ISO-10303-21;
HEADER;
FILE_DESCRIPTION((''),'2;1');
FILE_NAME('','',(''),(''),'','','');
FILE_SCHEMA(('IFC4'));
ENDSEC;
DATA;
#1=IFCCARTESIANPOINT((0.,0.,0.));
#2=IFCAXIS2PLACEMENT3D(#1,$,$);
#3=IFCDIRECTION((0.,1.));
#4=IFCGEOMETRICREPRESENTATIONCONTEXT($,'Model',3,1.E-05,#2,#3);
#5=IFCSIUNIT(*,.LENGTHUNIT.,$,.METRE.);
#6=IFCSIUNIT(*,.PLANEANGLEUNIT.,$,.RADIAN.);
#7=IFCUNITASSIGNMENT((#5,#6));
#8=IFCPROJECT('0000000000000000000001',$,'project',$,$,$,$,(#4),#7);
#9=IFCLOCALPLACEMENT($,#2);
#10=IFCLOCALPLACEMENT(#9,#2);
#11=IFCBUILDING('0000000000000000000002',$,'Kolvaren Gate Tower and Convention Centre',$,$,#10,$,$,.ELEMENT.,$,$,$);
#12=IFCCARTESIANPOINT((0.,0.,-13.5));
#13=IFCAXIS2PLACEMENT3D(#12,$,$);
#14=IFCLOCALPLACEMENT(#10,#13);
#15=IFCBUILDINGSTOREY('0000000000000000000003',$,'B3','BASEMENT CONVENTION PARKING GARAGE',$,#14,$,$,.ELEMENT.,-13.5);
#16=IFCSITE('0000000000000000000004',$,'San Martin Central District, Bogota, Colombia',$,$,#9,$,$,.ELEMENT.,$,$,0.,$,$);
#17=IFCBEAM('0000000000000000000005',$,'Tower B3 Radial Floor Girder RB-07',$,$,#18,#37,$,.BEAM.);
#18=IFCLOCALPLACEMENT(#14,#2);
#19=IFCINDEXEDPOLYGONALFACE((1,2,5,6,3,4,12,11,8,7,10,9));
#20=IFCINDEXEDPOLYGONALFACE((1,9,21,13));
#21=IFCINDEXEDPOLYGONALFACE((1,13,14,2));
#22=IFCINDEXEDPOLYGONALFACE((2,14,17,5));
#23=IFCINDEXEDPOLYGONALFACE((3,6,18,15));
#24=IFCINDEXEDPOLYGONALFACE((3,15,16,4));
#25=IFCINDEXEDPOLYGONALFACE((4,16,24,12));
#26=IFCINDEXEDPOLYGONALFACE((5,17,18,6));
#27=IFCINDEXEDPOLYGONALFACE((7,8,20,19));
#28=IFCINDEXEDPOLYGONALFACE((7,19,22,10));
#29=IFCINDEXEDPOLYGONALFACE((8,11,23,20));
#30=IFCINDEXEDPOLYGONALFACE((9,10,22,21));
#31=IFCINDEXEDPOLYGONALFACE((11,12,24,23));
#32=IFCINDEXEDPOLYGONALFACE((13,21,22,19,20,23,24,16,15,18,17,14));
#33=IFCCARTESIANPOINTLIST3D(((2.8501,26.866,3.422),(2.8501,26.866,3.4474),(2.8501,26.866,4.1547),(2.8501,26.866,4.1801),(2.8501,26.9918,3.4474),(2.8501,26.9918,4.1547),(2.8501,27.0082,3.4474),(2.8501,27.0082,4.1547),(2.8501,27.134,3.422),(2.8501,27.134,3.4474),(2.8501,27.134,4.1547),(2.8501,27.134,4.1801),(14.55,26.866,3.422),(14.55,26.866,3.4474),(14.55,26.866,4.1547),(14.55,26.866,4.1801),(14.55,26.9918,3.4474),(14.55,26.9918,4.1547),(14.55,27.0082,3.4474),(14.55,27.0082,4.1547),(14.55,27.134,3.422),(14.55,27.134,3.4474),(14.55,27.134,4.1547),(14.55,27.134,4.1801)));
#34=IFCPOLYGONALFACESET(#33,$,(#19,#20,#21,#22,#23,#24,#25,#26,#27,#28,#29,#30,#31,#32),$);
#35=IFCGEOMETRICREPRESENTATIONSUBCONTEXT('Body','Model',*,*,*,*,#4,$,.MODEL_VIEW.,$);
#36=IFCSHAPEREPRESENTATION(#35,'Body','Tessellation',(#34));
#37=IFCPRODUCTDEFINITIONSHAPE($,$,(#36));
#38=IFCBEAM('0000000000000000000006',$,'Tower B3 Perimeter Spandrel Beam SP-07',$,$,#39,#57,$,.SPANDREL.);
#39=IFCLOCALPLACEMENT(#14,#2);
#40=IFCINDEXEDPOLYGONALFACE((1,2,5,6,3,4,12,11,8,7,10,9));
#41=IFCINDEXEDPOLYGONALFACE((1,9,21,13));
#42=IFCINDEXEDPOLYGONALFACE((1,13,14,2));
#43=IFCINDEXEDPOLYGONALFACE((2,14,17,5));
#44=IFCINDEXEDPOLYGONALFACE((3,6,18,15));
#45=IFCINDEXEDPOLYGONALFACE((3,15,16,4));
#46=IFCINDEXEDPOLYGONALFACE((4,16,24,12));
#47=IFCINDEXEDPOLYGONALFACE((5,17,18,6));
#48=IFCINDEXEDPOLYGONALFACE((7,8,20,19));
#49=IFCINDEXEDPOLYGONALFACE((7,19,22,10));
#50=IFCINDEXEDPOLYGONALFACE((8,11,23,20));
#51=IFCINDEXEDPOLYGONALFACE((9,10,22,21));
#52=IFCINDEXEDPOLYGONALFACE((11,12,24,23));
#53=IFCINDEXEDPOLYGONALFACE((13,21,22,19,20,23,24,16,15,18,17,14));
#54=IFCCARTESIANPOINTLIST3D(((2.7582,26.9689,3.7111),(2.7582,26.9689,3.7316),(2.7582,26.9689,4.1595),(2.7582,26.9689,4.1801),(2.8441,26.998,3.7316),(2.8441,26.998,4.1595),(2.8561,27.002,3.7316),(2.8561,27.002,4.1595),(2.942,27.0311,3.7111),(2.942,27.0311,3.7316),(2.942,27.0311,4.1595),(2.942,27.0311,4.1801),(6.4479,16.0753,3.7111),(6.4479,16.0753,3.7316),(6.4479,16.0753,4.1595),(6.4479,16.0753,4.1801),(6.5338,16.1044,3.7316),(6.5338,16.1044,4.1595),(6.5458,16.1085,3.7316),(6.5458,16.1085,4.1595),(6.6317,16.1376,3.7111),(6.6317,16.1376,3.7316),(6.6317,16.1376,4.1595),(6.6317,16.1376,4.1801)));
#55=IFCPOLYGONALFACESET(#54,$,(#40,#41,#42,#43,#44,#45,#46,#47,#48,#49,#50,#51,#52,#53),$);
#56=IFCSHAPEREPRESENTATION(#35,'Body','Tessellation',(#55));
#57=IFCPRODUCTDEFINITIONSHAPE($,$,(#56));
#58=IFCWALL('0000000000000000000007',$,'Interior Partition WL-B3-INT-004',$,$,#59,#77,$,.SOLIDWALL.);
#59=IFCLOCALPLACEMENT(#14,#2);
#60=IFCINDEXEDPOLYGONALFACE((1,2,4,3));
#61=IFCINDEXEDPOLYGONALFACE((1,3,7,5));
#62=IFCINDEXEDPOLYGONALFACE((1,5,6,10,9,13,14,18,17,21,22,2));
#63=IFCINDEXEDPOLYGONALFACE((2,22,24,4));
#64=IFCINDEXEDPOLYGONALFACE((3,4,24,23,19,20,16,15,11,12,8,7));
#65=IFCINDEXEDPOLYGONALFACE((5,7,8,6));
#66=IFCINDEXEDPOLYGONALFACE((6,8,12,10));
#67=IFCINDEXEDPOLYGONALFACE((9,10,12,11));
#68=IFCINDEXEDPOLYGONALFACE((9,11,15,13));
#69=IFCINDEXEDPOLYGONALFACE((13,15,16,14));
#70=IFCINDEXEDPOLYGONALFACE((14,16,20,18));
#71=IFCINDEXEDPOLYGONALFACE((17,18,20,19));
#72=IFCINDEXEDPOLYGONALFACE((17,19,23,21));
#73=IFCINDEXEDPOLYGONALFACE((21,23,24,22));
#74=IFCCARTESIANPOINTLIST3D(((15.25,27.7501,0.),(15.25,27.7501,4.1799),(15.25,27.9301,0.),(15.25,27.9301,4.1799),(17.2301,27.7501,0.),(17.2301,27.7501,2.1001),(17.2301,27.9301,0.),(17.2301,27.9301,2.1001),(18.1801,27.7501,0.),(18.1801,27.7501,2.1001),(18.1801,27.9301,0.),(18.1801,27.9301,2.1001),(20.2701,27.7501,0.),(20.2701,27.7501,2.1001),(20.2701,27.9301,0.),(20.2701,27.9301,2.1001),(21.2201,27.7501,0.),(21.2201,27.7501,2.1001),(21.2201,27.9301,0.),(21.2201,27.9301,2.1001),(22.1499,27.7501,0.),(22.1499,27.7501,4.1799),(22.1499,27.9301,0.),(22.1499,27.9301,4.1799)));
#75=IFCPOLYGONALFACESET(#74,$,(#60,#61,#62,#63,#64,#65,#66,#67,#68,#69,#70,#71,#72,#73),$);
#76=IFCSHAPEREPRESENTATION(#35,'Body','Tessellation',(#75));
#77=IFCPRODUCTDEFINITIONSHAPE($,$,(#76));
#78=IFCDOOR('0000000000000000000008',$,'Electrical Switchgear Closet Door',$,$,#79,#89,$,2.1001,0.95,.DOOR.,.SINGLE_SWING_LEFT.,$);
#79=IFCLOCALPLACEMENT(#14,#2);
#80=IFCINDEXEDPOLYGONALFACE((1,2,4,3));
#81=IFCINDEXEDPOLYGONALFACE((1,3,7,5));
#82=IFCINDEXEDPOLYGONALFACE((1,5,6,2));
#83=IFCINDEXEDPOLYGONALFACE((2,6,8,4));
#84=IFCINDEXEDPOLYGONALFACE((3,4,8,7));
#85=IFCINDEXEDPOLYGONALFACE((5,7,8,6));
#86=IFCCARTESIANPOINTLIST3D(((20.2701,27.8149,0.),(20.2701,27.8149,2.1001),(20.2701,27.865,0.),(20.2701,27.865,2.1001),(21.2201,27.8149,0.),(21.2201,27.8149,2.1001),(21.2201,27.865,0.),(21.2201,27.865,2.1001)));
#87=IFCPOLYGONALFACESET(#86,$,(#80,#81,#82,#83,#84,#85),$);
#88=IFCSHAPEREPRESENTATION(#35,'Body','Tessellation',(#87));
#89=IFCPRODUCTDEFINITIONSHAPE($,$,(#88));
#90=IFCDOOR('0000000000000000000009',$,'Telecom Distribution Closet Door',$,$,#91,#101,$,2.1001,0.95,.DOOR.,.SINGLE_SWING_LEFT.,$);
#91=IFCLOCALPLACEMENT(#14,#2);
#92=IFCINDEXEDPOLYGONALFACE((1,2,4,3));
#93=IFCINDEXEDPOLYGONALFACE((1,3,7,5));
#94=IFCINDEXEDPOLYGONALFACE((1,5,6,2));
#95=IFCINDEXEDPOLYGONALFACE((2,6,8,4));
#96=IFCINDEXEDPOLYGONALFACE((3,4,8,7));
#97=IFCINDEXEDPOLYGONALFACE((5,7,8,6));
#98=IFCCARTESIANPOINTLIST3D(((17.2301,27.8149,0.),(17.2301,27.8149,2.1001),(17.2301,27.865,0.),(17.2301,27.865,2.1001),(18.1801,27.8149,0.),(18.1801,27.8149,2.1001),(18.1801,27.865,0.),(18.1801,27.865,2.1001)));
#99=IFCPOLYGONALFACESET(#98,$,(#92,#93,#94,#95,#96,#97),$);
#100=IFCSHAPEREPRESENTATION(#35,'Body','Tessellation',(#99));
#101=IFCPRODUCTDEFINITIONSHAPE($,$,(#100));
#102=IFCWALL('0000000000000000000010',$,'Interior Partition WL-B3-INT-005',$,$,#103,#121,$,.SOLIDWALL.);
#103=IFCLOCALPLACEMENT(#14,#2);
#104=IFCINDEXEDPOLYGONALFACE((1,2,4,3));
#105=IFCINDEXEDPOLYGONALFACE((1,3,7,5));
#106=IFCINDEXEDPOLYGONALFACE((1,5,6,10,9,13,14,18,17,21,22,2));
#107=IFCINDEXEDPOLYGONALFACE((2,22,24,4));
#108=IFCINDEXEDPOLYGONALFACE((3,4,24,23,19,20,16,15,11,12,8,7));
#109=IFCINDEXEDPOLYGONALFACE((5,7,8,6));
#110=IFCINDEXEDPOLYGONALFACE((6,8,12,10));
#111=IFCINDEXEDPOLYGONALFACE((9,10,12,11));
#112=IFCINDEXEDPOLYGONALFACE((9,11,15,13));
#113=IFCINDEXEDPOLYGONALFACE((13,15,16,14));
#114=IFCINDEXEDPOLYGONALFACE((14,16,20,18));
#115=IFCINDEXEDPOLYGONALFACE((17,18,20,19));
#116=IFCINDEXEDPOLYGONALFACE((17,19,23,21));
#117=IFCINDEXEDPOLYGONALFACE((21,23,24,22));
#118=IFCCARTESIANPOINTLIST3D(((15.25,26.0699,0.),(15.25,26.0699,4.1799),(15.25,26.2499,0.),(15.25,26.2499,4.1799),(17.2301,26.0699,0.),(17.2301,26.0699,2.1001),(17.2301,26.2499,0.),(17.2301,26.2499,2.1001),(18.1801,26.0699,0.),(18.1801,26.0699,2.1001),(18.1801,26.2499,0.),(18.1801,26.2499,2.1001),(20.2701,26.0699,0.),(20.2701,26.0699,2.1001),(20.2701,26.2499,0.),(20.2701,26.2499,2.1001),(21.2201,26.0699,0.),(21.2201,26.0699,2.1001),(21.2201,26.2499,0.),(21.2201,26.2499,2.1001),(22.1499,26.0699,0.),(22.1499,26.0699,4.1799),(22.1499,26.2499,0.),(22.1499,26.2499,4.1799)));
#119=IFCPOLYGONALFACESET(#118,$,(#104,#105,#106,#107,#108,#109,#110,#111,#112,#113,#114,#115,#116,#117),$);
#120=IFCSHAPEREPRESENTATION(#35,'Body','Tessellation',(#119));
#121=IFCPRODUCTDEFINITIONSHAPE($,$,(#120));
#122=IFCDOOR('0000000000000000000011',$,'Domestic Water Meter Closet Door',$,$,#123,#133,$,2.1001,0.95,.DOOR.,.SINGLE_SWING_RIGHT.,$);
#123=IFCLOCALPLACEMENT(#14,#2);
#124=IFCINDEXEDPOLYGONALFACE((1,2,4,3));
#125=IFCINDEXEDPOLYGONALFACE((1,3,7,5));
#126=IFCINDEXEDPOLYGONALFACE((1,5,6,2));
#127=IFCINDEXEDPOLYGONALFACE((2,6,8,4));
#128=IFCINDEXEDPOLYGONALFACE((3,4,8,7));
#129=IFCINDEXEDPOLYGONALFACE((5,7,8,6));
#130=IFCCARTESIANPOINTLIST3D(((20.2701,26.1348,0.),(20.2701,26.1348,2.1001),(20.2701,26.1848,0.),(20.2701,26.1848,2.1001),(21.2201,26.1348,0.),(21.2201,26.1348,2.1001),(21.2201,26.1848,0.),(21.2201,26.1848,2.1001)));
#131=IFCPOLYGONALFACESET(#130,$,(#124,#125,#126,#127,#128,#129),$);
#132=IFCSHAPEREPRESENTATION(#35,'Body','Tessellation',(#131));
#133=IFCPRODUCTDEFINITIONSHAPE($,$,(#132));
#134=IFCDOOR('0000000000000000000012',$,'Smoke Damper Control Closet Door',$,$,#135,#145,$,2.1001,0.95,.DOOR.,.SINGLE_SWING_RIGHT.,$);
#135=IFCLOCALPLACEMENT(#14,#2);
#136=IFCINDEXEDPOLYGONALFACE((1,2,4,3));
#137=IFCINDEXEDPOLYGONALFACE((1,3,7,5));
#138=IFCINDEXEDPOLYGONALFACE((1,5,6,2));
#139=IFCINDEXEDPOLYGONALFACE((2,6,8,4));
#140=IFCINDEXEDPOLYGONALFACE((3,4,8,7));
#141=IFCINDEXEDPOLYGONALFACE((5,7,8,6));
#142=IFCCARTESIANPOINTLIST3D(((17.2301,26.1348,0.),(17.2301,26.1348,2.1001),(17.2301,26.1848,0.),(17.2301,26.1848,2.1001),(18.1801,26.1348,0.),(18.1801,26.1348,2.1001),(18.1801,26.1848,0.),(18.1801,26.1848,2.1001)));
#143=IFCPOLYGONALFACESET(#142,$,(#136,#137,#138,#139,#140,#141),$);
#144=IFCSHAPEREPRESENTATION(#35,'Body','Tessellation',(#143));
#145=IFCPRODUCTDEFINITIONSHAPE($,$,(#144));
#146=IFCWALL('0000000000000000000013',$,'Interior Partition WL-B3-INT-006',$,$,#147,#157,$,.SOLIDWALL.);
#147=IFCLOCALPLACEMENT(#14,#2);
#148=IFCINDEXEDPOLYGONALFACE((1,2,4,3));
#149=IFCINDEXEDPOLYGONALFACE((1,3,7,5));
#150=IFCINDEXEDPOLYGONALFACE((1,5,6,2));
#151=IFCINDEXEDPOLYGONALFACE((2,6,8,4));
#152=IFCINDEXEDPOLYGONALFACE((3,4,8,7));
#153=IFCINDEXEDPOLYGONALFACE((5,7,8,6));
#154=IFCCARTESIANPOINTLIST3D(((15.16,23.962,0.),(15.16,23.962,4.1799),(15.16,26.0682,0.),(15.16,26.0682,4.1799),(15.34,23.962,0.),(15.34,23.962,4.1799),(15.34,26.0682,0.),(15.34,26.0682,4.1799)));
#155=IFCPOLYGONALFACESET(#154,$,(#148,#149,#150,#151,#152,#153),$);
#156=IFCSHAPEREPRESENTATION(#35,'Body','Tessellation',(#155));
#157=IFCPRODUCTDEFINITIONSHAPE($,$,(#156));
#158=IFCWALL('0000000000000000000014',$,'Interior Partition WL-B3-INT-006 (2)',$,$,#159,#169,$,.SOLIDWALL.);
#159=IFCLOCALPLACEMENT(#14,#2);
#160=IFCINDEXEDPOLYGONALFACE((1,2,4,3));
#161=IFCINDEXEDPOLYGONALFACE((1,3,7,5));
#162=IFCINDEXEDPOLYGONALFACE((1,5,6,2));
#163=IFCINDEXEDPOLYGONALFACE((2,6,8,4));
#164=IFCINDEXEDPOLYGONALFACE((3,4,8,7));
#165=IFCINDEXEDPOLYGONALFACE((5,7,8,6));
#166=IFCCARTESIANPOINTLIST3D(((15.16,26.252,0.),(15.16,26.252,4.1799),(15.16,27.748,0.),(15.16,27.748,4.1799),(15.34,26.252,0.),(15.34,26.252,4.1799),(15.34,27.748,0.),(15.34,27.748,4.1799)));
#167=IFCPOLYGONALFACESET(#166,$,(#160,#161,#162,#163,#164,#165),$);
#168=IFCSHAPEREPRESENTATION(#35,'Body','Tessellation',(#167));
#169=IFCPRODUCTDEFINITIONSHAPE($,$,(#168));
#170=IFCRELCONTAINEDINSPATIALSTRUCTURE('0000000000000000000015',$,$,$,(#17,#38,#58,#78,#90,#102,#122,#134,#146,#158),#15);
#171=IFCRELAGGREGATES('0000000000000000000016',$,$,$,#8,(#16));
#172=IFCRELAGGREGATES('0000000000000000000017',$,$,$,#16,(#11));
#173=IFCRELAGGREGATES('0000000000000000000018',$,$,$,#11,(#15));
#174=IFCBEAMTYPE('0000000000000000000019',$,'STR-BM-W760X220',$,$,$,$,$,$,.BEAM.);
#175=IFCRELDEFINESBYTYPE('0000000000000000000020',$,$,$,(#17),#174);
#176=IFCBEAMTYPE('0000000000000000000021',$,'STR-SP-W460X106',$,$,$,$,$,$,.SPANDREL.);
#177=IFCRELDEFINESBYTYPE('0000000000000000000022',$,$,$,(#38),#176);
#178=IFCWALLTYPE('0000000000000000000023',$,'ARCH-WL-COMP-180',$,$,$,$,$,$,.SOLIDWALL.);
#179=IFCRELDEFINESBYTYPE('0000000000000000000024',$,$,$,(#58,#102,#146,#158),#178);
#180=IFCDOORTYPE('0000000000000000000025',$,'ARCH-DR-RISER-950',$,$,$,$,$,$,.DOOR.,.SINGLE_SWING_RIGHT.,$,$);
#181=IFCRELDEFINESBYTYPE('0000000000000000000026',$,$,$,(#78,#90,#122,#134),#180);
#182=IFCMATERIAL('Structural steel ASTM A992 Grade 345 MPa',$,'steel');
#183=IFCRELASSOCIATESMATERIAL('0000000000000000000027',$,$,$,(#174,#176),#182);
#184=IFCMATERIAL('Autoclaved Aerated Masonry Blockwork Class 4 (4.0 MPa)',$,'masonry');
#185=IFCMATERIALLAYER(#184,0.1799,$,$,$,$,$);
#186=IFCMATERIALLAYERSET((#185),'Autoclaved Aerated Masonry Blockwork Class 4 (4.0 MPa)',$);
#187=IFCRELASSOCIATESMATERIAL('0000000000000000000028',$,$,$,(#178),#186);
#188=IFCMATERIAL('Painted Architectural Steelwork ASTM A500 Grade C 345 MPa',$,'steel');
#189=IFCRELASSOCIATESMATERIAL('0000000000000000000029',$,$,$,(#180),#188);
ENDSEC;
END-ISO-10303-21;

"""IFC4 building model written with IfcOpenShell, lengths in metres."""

from ifc_helpers import new_model, si_unit, direction, frame, frame_2d, origin, origin_2d, place, context, subcontext, project, spatial, rectangle, i_section, extrude, material, layer, layer_set, material_profile, profile_set, type_object, element, fill, save


model = new_model("IFC4")

# Units and contexts
model_context = context("Model", 3, precision=1e-05, world=origin(), true_north=direction((0.0, 1.0)))
body_context = subcontext(model_context, "Body", "Model", "MODEL_VIEW")
ifc_project = project(units=[si_unit("LENGTHUNIT", "METRE"), si_unit("PLANEANGLEUNIT", "RADIAN")], contexts=[model_context])

# Site, building, storey
site_placement = place(None, origin())
site = spatial("IfcSite", under=ifc_project, at=site_placement, Name="San Martin Central District, Bogota, Colombia", CompositionType="ELEMENT", RefElevation=0.0)
building_placement = place(site_placement, origin())
building = spatial("IfcBuilding", under=site, at=building_placement, Name="Kolvaren Gate Tower and Convention Centre", CompositionType="ELEMENT")
storey_placement = place(building_placement, frame((0.0, 0.0, -13.5)))
storey = spatial("IfcBuildingStorey", under=building, at=storey_placement, Name="B3", Description="BASEMENT CONVENTION PARKING GARAGE", CompositionType="ELEMENT", Elevation=-13.5)

# Beams
ifc_material_1 = material(Name="Structural steel ASTM A992 Grade 345 MPa", Category="steel")
ifc_material_profile_1 = material_profile(ifc_material_1, i_section(OverallWidth=0.2681, OverallDepth=0.7581, WebThickness=0.0164, FlangeThickness=0.0254, at=origin_2d()), Name="W760X220")
ifc_profile_set_1 = profile_set([ifc_material_profile_1], Name="Structural steel ASTM A992 Grade 345 MPa")
beam_type_1 = type_object("IfcBeamType", Name="STR-BM-W760X220", PredefinedType="BEAM", material=ifc_profile_set_1)
beam_1_placement = place(storey_placement, frame((14.55, 27.0, 3.801), z_axis=(-1.0, 0.0, 0.0), x_axis=(0.0, -1.0, 0.0)))
element("IfcBeam", 1, at=beam_1_placement, inside=storey, type_object=beam_type_1, Name="Tower B3 Radial Floor Girder RB-07", PredefinedType="BEAM", context=body_context, shape_type="SweptSolid", body=[
    extrude(i_section(OverallWidth=0.2681, OverallDepth=0.7581, WebThickness=0.0164, FlangeThickness=0.0254, at=origin_2d()), origin(), (0.0, 0.0, 1.0), 11.7),
])
ifc_material_profile_2 = material_profile(ifc_material_1, i_section(OverallWidth=0.1941, OverallDepth=0.469, WebThickness=0.0127, FlangeThickness=0.0205, at=origin_2d()), Name="W460X106")
ifc_profile_set_2 = profile_set([ifc_material_profile_2], Name="Structural steel ASTM A992 Grade 345 MPa")
beam_type_2 = type_object("IfcBeamType", Name="STR-SP-W460X106", PredefinedType="SPANDREL", material=ifc_profile_set_2)
beam_2_placement = place(storey_placement, frame((2.8501, 27.0, 3.9456), z_axis=(0.320803, -0.947146, 0.0), x_axis=(0.947146, 0.320803, 0.0)))
element("IfcBeam", 2, at=beam_2_placement, inside=storey, type_object=beam_type_2, Name="Tower B3 Perimeter Spandrel Beam SP-07", PredefinedType="SPANDREL", context=body_context, shape_type="SweptSolid", body=[
    extrude(i_section(OverallWidth=0.1941, OverallDepth=0.469, WebThickness=0.0127, FlangeThickness=0.0205, at=origin_2d()), origin(), (0.0, 0.0, 1.0), 11.5015),
])

# Walls, openings, doors
ifc_material_2 = material(Name="Autoclaved Aerated Masonry Blockwork Class 4 (4.0 MPa)", Category="masonry")
ifc_layer_1 = layer(ifc_material_2, 0.1799)
ifc_layer_set_1 = layer_set([ifc_layer_1], Name="Autoclaved Aerated Masonry Blockwork Class 4 (4.0 MPa)")
wall_type_1 = type_object("IfcWallType", Name="ARCH-WL-COMP-180", PredefinedType="SOLIDWALL", material=ifc_layer_set_1)
wall_1_placement = place(storey_placement, frame((15.25, 27.8401, 0.0), z_axis=(0.0, 0.0, 1.0), x_axis=(1.0, 0.0, 0.0)))
wall_1 = element("IfcWall", 3, at=wall_1_placement, inside=storey, type_object=wall_type_1, Name="Interior Partition WL-B3-INT-004", PredefinedType="SOLIDWALL", context=body_context, shape_type="SweptSolid", body=[
    extrude(rectangle(XDim=6.8999, YDim=0.1799, at=frame_2d((3.45, 0.0))), origin(), (0.0, 0.0, 1.0), 4.1799),
])
opening_1_placement = place(wall_1_placement, frame((5.02, 0.0, 0.0)))
opening_1 = element("IfcOpeningElement", 4, at=opening_1_placement, cuts=wall_1, PredefinedType="OPENING", context=body_context, shape_type="SweptSolid", body=[
    extrude(rectangle(XDim=0.95, YDim=2.1001, at=frame_2d((0.4751, 1.05))), frame((0.0, 0.0999, 0.0), z_axis=(0.0, -1.0, 0.0), x_axis=(1.0, 0.0, 0.0)), (0.0, 0.0, 1.0), 0.2),
])
opening_2_placement = place(wall_1_placement, frame((1.98, 0.0, 0.0)))
opening_2 = element("IfcOpeningElement", 5, at=opening_2_placement, cuts=wall_1, PredefinedType="OPENING", context=body_context, shape_type="SweptSolid", body=[
    extrude(rectangle(XDim=0.95, YDim=2.1001, at=frame_2d((0.4751, 1.05))), frame((0.0, 0.0999, 0.0), z_axis=(0.0, -1.0, 0.0), x_axis=(1.0, 0.0, 0.0)), (0.0, 0.0, 1.0), 0.2),
])
ifc_material_3 = material(Name="Painted Architectural Steelwork ASTM A500 Grade C 345 MPa", Category="steel")
door_type = type_object("IfcDoorType", Name="ARCH-DR-RISER-950", OperationType="SINGLE_SWING_RIGHT", PredefinedType="DOOR", material=ifc_material_3)
door_1_placement = place(opening_1_placement, origin())
door_1 = element("IfcDoor", 6, at=door_1_placement, inside=storey, type_object=door_type, Name="Electrical Switchgear Closet Door", OperationType="SINGLE_SWING_LEFT", OverallHeight=2.1001, OverallWidth=0.95, PredefinedType="DOOR", context=body_context, shape_type="SweptSolid", body=[
    extrude(rectangle(XDim=0.95, YDim=2.1001, at=frame_2d((0.4751, 1.05))), frame((0.0, 0.0249, 0.0), z_axis=(0.0, -1.0, 0.0), x_axis=(1.0, 0.0, 0.0)), (0.0, 0.0, 1.0), 0.05),
])
fill(opening_1, door_1)
door_2_placement = place(opening_2_placement, origin())
door_2 = element("IfcDoor", 7, at=door_2_placement, inside=storey, type_object=door_type, Name="Telecom Distribution Closet Door", OperationType="SINGLE_SWING_LEFT", OverallHeight=2.1001, OverallWidth=0.95, PredefinedType="DOOR", context=body_context, shape_type="SweptSolid", body=[
    extrude(rectangle(XDim=0.95, YDim=2.1001, at=frame_2d((0.4751, 1.05))), frame((0.0, 0.0249, 0.0), z_axis=(0.0, -1.0, 0.0), x_axis=(1.0, 0.0, 0.0)), (0.0, 0.0, 1.0), 0.05),
])
fill(opening_2, door_2)
wall_2_placement = place(storey_placement, frame((15.25, 26.1599, 0.0), z_axis=(0.0, 0.0, 1.0), x_axis=(1.0, 0.0, 0.0)))
wall_2 = element("IfcWall", 8, at=wall_2_placement, inside=storey, type_object=wall_type_1, Name="Interior Partition WL-B3-INT-005", PredefinedType="SOLIDWALL", context=body_context, shape_type="SweptSolid", body=[
    extrude(rectangle(XDim=6.8999, YDim=0.1799, at=frame_2d((3.45, 0.0))), origin(), (0.0, 0.0, 1.0), 4.1799),
])
opening_3_placement = place(wall_2_placement, frame((5.02, 0.0, 0.0)))
opening_3 = element("IfcOpeningElement", 9, at=opening_3_placement, cuts=wall_2, PredefinedType="OPENING", context=body_context, shape_type="SweptSolid", body=[
    extrude(rectangle(XDim=0.95, YDim=2.1001, at=frame_2d((0.4751, 1.05))), frame((0.0, 0.0999, 0.0), z_axis=(0.0, -1.0, 0.0), x_axis=(1.0, 0.0, 0.0)), (0.0, 0.0, 1.0), 0.2),
])
opening_4_placement = place(wall_2_placement, frame((1.98, 0.0, 0.0)))
opening_4 = element("IfcOpeningElement", 10, at=opening_4_placement, cuts=wall_2, PredefinedType="OPENING", context=body_context, shape_type="SweptSolid", body=[
    extrude(rectangle(XDim=0.95, YDim=2.1001, at=frame_2d((0.4751, 1.05))), frame((0.0, 0.0999, 0.0), z_axis=(0.0, -1.0, 0.0), x_axis=(1.0, 0.0, 0.0)), (0.0, 0.0, 1.0), 0.2),
])
door_3_placement = place(opening_3_placement, origin())
door_3 = element("IfcDoor", 11, at=door_3_placement, inside=storey, type_object=door_type, Name="Domestic Water Meter Closet Door", OperationType="SINGLE_SWING_RIGHT", OverallHeight=2.1001, OverallWidth=0.95, PredefinedType="DOOR", context=body_context, shape_type="SweptSolid", body=[
    extrude(rectangle(XDim=0.95, YDim=2.1001, at=frame_2d((0.4751, 1.05))), frame((0.0, 0.0249, 0.0), z_axis=(0.0, -1.0, 0.0), x_axis=(1.0, 0.0, 0.0)), (0.0, 0.0, 1.0), 0.05),
])
fill(opening_3, door_3)
door_4_placement = place(opening_4_placement, origin())
door_4 = element("IfcDoor", 12, at=door_4_placement, inside=storey, type_object=door_type, Name="Smoke Damper Control Closet Door", OperationType="SINGLE_SWING_RIGHT", OverallHeight=2.1001, OverallWidth=0.95, PredefinedType="DOOR", context=body_context, shape_type="SweptSolid", body=[
    extrude(rectangle(XDim=0.95, YDim=2.1001, at=frame_2d((0.4751, 1.05))), frame((0.0, 0.0249, 0.0), z_axis=(0.0, -1.0, 0.0), x_axis=(1.0, 0.0, 0.0)), (0.0, 0.0, 1.0), 0.05),
])
fill(opening_4, door_4)

# Walls
wall_3_placement = place(storey_placement, frame((15.25, 23.9619, 0.0), z_axis=(0.0, 0.0, 1.0), x_axis=(0.0, 1.0, 0.0)))
element("IfcWall", 13, at=wall_3_placement, inside=storey, type_object=wall_type_1, Name="Interior Partition WL-B3-INT-006", PredefinedType="SOLIDWALL", context=body_context, shape_type="SweptSolid", body=[
    extrude(rectangle(XDim=2.1062, YDim=0.1799, at=frame_2d((1.0532, 0.0))), origin(), (0.0, 0.0, 1.0), 4.1799),
])
wall_4_placement = place(storey_placement, frame((15.25, 26.252, 0.0), z_axis=(0.0, 0.0, 1.0), x_axis=(0.0, 1.0, 0.0)))
element("IfcWall", 14, at=wall_4_placement, inside=storey, type_object=wall_type_1, Name="Interior Partition WL-B3-INT-006 (2)", PredefinedType="SOLIDWALL", context=body_context, shape_type="SweptSolid", body=[
    extrude(rectangle(XDim=1.4961, YDim=0.1799, at=frame_2d((0.748, 0.0))), origin(), (0.0, 0.0, 1.0), 4.1799),
])

save(model, "model.ifc")
